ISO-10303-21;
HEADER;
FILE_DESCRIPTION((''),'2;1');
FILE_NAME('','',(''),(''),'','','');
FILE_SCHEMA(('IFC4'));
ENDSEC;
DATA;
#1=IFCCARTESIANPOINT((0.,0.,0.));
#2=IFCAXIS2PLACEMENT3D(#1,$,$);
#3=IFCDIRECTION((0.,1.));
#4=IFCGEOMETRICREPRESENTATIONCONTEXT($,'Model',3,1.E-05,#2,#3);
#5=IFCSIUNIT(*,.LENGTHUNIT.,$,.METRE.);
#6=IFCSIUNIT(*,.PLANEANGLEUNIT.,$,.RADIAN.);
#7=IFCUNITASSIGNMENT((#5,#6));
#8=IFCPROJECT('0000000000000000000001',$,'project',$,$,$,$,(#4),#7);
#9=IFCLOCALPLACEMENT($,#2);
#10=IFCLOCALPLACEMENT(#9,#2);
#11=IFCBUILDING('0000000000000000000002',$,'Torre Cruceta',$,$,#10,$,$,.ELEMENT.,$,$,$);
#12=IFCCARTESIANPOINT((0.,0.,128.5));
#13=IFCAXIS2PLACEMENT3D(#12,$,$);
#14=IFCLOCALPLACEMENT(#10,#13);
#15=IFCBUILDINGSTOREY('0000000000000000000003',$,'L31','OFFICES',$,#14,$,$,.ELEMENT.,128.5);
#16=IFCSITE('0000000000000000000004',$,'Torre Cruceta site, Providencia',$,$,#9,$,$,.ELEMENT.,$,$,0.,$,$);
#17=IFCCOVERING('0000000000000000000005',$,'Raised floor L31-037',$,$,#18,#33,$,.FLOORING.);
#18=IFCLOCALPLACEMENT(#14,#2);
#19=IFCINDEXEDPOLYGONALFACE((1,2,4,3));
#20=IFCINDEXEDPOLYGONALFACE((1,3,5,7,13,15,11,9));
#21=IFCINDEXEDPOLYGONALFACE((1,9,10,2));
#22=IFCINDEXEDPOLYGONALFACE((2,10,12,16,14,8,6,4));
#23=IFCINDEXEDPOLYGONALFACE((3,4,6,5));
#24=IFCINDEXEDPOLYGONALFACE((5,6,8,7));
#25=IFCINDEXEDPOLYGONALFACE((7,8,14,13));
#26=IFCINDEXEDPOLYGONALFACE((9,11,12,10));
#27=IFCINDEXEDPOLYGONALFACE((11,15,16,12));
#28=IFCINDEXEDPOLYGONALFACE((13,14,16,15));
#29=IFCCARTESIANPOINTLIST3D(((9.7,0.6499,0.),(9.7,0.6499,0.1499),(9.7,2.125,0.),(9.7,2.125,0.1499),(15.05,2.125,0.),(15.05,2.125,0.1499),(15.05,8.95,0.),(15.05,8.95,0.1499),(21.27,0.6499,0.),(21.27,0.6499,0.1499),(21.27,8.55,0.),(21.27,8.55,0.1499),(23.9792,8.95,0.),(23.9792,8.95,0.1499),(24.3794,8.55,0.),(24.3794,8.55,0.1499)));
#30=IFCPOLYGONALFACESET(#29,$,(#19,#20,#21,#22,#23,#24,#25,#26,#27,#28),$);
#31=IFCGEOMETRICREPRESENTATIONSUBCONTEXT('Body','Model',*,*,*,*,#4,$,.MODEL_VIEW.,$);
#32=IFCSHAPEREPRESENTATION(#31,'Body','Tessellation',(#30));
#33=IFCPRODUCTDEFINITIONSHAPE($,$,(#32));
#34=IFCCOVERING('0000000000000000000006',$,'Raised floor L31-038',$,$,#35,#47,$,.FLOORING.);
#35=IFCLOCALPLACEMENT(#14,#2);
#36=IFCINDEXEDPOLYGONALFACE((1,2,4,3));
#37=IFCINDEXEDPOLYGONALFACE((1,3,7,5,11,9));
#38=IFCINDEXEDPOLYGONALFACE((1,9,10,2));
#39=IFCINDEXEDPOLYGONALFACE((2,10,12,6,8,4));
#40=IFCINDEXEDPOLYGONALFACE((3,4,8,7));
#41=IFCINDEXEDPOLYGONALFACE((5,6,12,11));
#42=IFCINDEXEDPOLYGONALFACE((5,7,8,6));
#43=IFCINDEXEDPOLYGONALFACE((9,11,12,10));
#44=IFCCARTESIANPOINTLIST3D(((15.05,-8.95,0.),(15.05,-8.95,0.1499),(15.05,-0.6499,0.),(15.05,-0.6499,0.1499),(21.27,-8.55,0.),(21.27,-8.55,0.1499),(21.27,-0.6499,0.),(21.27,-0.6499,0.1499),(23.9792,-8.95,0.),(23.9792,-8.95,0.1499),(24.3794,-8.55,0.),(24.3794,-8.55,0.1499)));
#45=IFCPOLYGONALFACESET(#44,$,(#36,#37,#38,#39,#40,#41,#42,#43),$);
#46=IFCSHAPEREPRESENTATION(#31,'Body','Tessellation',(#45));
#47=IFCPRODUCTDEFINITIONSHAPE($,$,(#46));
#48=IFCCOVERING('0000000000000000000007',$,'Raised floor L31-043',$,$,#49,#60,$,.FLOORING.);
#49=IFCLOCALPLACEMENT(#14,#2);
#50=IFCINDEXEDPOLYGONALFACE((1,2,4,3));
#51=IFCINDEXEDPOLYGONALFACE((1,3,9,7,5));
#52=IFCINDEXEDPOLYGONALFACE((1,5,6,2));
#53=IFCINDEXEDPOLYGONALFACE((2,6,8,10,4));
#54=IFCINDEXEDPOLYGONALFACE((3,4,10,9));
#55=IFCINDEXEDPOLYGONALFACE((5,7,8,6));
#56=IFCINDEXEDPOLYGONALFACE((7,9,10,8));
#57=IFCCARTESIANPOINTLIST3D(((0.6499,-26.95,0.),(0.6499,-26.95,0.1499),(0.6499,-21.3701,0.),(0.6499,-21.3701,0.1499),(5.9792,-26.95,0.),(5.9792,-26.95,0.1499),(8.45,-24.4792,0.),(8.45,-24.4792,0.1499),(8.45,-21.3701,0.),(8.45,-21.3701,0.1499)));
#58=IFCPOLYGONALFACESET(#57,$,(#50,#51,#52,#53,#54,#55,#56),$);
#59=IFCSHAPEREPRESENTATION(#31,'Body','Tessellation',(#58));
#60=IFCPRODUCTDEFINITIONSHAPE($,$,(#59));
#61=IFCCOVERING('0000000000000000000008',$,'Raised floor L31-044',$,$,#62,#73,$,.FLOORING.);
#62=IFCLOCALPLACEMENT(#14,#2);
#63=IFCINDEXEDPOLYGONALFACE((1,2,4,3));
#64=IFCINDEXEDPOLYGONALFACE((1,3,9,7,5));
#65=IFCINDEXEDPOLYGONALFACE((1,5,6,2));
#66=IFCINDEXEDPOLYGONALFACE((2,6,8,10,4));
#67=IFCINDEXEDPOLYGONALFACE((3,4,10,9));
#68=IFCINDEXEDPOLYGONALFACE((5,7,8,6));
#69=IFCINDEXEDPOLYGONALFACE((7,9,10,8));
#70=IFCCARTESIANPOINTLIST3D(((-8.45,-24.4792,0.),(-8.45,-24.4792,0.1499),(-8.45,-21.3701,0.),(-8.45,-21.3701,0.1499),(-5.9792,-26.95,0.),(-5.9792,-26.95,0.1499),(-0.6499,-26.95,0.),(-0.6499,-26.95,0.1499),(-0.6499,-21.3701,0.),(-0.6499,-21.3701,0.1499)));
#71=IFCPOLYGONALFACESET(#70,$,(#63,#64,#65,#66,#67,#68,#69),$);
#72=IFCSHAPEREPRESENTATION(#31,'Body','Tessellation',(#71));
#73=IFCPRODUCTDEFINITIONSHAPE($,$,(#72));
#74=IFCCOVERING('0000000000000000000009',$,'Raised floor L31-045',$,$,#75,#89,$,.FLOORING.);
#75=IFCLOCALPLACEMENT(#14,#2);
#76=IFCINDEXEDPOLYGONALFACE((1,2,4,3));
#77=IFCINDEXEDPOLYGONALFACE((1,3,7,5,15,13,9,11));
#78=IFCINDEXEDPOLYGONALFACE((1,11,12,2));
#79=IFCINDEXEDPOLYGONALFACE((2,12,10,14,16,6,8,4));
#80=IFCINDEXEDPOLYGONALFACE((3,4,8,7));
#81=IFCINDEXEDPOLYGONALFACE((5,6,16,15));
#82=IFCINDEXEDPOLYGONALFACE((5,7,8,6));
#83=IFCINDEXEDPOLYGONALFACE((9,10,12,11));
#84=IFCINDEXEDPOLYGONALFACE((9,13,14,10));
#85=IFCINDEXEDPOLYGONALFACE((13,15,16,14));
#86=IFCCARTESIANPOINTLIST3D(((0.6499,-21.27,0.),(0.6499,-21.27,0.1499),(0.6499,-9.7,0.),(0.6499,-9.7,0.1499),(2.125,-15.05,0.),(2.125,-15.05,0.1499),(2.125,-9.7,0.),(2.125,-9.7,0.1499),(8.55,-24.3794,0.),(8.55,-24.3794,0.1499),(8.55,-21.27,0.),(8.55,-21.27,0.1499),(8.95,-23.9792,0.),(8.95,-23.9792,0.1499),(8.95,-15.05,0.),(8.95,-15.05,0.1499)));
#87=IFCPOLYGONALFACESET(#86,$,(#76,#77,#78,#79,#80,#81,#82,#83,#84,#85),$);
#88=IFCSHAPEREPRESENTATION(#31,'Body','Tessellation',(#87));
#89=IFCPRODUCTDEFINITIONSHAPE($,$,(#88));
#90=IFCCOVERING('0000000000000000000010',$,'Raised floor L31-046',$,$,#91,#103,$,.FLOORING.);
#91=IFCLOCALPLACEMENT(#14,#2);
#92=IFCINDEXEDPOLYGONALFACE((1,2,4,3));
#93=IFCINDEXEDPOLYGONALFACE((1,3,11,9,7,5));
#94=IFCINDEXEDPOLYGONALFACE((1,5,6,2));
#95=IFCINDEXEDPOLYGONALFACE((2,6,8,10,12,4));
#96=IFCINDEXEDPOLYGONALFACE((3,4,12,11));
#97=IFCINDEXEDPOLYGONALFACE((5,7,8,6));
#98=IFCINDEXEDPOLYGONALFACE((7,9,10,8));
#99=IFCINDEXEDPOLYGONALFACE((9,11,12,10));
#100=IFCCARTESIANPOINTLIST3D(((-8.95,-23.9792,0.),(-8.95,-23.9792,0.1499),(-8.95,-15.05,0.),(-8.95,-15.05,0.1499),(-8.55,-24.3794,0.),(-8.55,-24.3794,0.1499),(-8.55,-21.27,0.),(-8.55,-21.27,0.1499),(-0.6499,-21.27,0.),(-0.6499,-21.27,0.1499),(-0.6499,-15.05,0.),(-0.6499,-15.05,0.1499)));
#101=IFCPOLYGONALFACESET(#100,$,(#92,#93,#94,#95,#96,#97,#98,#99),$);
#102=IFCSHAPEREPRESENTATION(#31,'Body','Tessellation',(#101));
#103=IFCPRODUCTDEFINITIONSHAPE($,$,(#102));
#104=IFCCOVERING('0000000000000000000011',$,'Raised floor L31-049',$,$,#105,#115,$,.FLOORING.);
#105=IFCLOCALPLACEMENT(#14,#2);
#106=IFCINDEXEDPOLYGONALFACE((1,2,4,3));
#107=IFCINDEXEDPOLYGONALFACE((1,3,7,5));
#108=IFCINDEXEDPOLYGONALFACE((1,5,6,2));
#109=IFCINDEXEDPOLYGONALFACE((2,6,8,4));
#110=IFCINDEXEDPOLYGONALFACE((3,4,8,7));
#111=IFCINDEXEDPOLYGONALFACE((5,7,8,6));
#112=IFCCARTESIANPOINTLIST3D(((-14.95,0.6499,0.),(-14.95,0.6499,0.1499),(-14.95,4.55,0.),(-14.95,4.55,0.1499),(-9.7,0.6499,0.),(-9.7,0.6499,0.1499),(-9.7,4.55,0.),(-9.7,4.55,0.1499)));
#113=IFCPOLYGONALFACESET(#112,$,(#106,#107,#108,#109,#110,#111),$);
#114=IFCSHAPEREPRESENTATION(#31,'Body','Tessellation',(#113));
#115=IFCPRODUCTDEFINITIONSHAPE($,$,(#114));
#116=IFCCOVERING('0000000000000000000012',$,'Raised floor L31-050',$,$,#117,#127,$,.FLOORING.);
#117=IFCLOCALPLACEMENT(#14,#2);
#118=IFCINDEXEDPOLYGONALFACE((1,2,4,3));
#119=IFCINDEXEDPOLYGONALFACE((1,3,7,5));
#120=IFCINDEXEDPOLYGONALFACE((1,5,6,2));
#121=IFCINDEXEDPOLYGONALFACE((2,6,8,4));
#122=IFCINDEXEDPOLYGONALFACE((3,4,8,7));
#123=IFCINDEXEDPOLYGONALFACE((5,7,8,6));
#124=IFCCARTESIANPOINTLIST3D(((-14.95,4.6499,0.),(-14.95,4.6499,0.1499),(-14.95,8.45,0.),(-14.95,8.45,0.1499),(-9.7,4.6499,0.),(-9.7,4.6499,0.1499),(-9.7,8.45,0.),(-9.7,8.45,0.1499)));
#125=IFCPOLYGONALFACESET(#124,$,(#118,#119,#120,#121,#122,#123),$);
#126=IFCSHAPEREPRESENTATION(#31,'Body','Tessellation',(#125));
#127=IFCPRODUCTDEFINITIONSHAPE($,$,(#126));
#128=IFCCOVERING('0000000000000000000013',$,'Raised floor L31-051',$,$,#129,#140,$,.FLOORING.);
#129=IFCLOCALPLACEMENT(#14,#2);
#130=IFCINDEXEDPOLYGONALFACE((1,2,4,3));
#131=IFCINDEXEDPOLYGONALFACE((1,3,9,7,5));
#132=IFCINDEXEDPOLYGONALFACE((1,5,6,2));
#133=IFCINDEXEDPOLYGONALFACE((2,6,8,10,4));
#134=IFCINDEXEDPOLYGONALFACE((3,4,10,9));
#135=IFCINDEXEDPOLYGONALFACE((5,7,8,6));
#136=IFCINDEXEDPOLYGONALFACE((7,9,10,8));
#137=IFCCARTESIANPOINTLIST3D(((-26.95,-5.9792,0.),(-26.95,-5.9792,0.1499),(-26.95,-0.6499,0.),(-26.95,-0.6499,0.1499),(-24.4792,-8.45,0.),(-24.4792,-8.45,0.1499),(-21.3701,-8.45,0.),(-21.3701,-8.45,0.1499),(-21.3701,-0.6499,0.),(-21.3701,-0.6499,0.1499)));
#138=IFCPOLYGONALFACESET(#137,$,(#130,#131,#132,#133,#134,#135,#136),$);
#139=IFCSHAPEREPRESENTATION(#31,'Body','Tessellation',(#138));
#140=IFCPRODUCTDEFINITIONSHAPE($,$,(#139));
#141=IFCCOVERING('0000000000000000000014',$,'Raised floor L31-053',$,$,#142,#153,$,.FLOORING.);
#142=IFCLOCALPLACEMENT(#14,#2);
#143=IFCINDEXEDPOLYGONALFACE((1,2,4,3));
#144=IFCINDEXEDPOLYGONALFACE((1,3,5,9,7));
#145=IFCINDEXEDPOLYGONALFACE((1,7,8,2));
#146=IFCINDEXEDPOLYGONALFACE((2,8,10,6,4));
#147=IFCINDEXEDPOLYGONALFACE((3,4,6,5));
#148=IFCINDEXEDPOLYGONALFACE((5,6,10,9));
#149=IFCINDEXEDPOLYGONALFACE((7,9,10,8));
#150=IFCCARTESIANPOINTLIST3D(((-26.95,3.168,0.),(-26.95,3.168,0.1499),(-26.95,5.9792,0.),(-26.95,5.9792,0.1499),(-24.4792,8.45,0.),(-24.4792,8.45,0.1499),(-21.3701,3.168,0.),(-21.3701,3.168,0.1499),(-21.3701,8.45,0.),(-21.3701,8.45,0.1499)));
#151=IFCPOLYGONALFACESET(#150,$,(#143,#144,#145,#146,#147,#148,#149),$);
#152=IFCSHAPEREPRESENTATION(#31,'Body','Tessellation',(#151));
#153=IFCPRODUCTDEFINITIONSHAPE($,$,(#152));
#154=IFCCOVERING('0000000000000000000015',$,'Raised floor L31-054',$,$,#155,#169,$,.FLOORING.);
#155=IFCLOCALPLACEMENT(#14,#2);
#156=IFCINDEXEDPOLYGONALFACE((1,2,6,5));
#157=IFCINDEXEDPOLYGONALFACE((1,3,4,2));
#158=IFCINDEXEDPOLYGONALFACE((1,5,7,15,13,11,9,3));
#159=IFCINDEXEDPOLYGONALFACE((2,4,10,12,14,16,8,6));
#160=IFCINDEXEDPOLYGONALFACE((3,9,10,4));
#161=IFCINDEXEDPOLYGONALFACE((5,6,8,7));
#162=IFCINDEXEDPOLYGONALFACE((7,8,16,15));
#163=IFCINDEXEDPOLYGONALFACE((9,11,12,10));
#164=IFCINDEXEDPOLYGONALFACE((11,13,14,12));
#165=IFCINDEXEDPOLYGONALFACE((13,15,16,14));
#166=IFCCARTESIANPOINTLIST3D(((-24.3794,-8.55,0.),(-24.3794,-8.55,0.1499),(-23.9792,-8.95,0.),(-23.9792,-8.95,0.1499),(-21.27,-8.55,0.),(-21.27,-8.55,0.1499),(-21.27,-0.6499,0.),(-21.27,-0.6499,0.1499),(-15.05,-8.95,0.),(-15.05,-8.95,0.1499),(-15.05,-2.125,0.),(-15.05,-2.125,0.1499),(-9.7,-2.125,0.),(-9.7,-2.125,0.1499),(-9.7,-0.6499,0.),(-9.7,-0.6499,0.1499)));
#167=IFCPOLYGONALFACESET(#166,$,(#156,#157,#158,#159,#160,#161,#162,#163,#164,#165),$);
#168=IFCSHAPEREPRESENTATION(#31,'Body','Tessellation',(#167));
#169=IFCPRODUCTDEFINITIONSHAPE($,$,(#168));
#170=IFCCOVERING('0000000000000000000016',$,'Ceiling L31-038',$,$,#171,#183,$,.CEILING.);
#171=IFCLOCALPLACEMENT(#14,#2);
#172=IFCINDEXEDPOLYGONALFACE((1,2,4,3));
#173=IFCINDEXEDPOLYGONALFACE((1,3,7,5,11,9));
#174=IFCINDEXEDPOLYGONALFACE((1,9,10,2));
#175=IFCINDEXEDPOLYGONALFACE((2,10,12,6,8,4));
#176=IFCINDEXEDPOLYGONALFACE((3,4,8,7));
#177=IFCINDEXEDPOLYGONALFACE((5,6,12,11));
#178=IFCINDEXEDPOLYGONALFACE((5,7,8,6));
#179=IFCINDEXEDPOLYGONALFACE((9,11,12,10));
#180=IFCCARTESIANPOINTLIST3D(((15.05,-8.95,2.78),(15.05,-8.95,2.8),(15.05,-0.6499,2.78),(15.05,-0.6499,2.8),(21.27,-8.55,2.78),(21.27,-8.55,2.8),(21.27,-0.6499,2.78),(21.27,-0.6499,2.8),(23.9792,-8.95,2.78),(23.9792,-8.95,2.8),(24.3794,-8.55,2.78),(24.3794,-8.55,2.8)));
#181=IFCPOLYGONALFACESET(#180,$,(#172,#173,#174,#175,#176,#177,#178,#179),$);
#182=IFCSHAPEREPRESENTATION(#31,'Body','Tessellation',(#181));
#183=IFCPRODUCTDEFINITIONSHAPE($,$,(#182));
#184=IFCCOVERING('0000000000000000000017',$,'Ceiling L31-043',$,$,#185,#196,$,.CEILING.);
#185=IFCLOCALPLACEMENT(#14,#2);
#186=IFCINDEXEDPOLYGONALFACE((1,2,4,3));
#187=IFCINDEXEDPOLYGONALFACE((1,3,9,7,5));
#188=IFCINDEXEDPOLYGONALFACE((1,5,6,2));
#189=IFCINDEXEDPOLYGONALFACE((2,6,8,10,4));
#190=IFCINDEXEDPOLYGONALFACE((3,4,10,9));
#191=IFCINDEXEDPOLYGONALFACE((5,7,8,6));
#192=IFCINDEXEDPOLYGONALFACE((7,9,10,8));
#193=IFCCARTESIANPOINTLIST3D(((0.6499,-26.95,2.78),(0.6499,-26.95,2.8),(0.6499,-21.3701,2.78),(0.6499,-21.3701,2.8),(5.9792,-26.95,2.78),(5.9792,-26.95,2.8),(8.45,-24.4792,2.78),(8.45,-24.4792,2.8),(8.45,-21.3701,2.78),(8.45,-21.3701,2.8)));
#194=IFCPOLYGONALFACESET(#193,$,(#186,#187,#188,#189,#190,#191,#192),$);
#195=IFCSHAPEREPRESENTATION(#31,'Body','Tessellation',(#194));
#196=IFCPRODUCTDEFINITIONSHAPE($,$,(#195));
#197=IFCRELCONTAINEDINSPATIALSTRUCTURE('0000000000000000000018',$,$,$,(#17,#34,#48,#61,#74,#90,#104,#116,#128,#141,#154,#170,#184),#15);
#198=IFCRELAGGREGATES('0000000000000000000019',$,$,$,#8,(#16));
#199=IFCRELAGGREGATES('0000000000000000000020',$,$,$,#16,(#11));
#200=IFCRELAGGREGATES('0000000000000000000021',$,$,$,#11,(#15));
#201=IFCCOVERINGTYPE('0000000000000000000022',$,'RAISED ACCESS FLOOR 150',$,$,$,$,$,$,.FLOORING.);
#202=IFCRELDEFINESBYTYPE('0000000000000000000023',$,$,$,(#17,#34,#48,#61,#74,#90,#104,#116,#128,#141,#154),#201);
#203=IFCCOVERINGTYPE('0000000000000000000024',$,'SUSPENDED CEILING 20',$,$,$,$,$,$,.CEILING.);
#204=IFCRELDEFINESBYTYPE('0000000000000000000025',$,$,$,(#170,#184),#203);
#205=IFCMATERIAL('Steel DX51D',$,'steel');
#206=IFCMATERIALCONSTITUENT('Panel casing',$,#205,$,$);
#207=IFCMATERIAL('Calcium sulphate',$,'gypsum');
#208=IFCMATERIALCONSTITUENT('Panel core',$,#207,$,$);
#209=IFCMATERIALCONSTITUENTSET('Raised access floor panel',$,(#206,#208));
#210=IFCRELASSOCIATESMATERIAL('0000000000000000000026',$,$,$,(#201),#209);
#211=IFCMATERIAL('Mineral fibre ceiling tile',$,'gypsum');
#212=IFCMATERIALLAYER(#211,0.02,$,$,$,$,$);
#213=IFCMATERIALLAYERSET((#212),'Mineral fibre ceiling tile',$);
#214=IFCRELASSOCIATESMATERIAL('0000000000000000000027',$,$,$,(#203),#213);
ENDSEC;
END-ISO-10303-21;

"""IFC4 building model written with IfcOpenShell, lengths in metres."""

from ifc_helpers import new_model, si_unit, direction, frame, origin, place, context, subcontext, project, spatial, polyline, outline, extrude, material, layer, layer_set, constituent, constituent_set, type_object, element, save


model = new_model("IFC4")

# Units and contexts
model_context = context("Model", 3, precision=1e-05, world=origin(), true_north=direction((0.0, 1.0)))
body_context = subcontext(model_context, "Body", "Model", "MODEL_VIEW")
ifc_project = project(units=[si_unit("LENGTHUNIT", "METRE"), si_unit("PLANEANGLEUNIT", "RADIAN")], contexts=[model_context])

# Site, building, storey
site_placement = place(None, origin())
site = spatial("IfcSite", under=ifc_project, at=site_placement, Name="Torre Cruceta site, Providencia", CompositionType="ELEMENT", RefElevation=0.0)
building_placement = place(site_placement, origin())
building = spatial("IfcBuilding", under=site, at=building_placement, Name="Torre Cruceta", CompositionType="ELEMENT")
storey_placement = place(building_placement, frame((0.0, 0.0, 128.5)))
storey = spatial("IfcBuildingStorey", under=building, at=storey_placement, Name="L31", Description="OFFICES", CompositionType="ELEMENT", Elevation=128.5)

# Coverings
ifc_material_1 = material(Name="Steel DX51D", Category="steel")
ifc_constituent_1 = constituent(ifc_material_1, Name="Panel casing")
ifc_material_2 = material(Name="Calcium sulphate", Category="gypsum")
ifc_constituent_2 = constituent(ifc_material_2, Name="Panel core")
ifc_constituent_set = constituent_set(constituents=[ifc_constituent_1, ifc_constituent_2], Name="Raised access floor panel")
covering_type_1 = type_object("IfcCoveringType", Name="RAISED ACCESS FLOOR 150", PredefinedType="FLOORING", material=ifc_constituent_set)
covering_1_placement = place(storey_placement, origin())
element("IfcCovering", 1, at=covering_1_placement, inside=storey, type_object=covering_type_1, Name="Raised floor L31-037", PredefinedType="FLOORING", context=body_context, shape_type="SweptSolid", body=[
    extrude(outline(polyline([(9.7, 2.125), (15.05, 2.125), (15.05, 8.95), (23.9792, 8.95), (24.3794, 8.55), (21.27, 8.55), (21.27, 0.6499), (9.7, 0.6499), (9.7, 2.125)])), origin(), (0.0, 0.0, 1.0), 0.1499),
])
covering_2_placement = place(storey_placement, origin())
element("IfcCovering", 2, at=covering_2_placement, inside=storey, type_object=covering_type_1, Name="Raised floor L31-038", PredefinedType="FLOORING", context=body_context, shape_type="SweptSolid", body=[
    extrude(outline(polyline([(15.05, -8.95), (15.05, -0.6499), (21.27, -0.6499), (21.27, -8.55), (24.3794, -8.55), (23.9792, -8.95), (15.05, -8.95)])), origin(), (0.0, 0.0, 1.0), 0.1499),
])
covering_3_placement = place(storey_placement, origin())
element("IfcCovering", 3, at=covering_3_placement, inside=storey, type_object=covering_type_1, Name="Raised floor L31-043", PredefinedType="FLOORING", context=body_context, shape_type="SweptSolid", body=[
    extrude(outline(polyline([(0.6499, -26.95), (0.6499, -21.3701), (8.45, -21.3701), (8.45, -24.4792), (5.9792, -26.95), (0.6499, -26.95)])), origin(), (0.0, 0.0, 1.0), 0.1499),
])
covering_4_placement = place(storey_placement, origin())
element("IfcCovering", 4, at=covering_4_placement, inside=storey, type_object=covering_type_1, Name="Raised floor L31-044", PredefinedType="FLOORING", context=body_context, shape_type="SweptSolid", body=[
    extrude(outline(polyline([(-8.45, -24.4792), (-8.45, -21.3701), (-0.6499, -21.3701), (-0.6499, -26.95), (-5.9792, -26.95), (-8.45, -24.4792)])), origin(), (0.0, 0.0, 1.0), 0.1499),
])
covering_5_placement = place(storey_placement, origin())
element("IfcCovering", 5, at=covering_5_placement, inside=storey, type_object=covering_type_1, Name="Raised floor L31-045", PredefinedType="FLOORING", context=body_context, shape_type="SweptSolid", body=[
    extrude(outline(polyline([(2.125, -9.7), (2.125, -15.05), (8.95, -15.05), (8.95, -23.9792), (8.55, -24.3794), (8.55, -21.27), (0.6499, -21.27), (0.6499, -9.7), (2.125, -9.7)])), origin(), (0.0, 0.0, 1.0), 0.1499),
])
covering_6_placement = place(storey_placement, origin())
element("IfcCovering", 6, at=covering_6_placement, inside=storey, type_object=covering_type_1, Name="Raised floor L31-046", PredefinedType="FLOORING", context=body_context, shape_type="SweptSolid", body=[
    extrude(outline(polyline([(-8.95, -15.05), (-0.6499, -15.05), (-0.6499, -21.27), (-8.55, -21.27), (-8.55, -24.3794), (-8.95, -23.9792), (-8.95, -15.05)])), origin(), (0.0, 0.0, 1.0), 0.1499),
])
covering_7_placement = place(storey_placement, origin())
element("IfcCovering", 7, at=covering_7_placement, inside=storey, type_object=covering_type_1, Name="Raised floor L31-049", PredefinedType="FLOORING", context=body_context, shape_type="SweptSolid", body=[
    extrude(outline(polyline([(-9.7, 4.55), (-9.7, 0.6499), (-14.95, 0.6499), (-14.95, 4.55), (-9.7, 4.55)])), origin(), (0.0, 0.0, 1.0), 0.1499),
])
covering_8_placement = place(storey_placement, origin())
element("IfcCovering", 8, at=covering_8_placement, inside=storey, type_object=covering_type_1, Name="Raised floor L31-050", PredefinedType="FLOORING", context=body_context, shape_type="SweptSolid", body=[
    extrude(outline(polyline([(-9.7, 8.45), (-9.7, 4.6499), (-14.95, 4.6499), (-14.95, 8.45), (-9.7, 8.45)])), origin(), (0.0, 0.0, 1.0), 0.1499),
])
covering_9_placement = place(storey_placement, origin())
element("IfcCovering", 9, at=covering_9_placement, inside=storey, type_object=covering_type_1, Name="Raised floor L31-051", PredefinedType="FLOORING", context=body_context, shape_type="SweptSolid", body=[
    extrude(outline(polyline([(-26.95, -0.6499), (-21.3701, -0.6499), (-21.3701, -8.45), (-24.4792, -8.45), (-26.95, -5.9792), (-26.95, -0.6499)])), origin(), (0.0, 0.0, 1.0), 0.1499),
])
covering_10_placement = place(storey_placement, origin())
element("IfcCovering", 10, at=covering_10_placement, inside=storey, type_object=covering_type_1, Name="Raised floor L31-053", PredefinedType="FLOORING", context=body_context, shape_type="SweptSolid", body=[
    extrude(outline(polyline([(-24.4792, 8.45), (-21.3701, 8.45), (-21.3701, 3.168), (-26.95, 3.168), (-26.95, 5.9792), (-24.4792, 8.45)])), origin(), (0.0, 0.0, 1.0), 0.1499),
])
covering_11_placement = place(storey_placement, origin())
element("IfcCovering", 11, at=covering_11_placement, inside=storey, type_object=covering_type_1, Name="Raised floor L31-054", PredefinedType="FLOORING", context=body_context, shape_type="SweptSolid", body=[
    extrude(outline(polyline([(-9.7, -2.125), (-15.05, -2.125), (-15.05, -8.95), (-23.9792, -8.95), (-24.3794, -8.55), (-21.27, -8.55), (-21.27, -0.6499), (-9.7, -0.6499), (-9.7, -2.125)])), origin(), (0.0, 0.0, 1.0), 0.1499),
])
ifc_material_3 = material(Name="Mineral fibre ceiling tile", Category="gypsum")
ifc_layer = layer(ifc_material_3, 0.02)
ifc_layer_set = layer_set([ifc_layer], Name="Mineral fibre ceiling tile")
covering_type_2 = type_object("IfcCoveringType", Name="SUSPENDED CEILING 20", PredefinedType="CEILING", material=ifc_layer_set)
covering_12_placement = place(storey_placement, frame((0.0, 0.0, 2.78)))
element("IfcCovering", 12, at=covering_12_placement, inside=storey, type_object=covering_type_2, Name="Ceiling L31-038", PredefinedType="CEILING", context=body_context, shape_type="SweptSolid", body=[
    extrude(outline(polyline([(15.05, -8.95), (15.05, -0.6499), (21.27, -0.6499), (21.27, -8.55), (24.3794, -8.55), (23.9792, -8.95), (15.05, -8.95)])), origin(), (0.0, 0.0, 1.0), 0.02),
])
covering_13_placement = place(storey_placement, frame((0.0, 0.0, 2.78)))
element("IfcCovering", 13, at=covering_13_placement, inside=storey, type_object=covering_type_2, Name="Ceiling L31-043", PredefinedType="CEILING", context=body_context, shape_type="SweptSolid", body=[
    extrude(outline(polyline([(0.6499, -26.95), (0.6499, -21.3701), (8.45, -21.3701), (8.45, -24.4792), (5.9792, -26.95), (0.6499, -26.95)])), origin(), (0.0, 0.0, 1.0), 0.02),
])

save(model, "model.ifc")
